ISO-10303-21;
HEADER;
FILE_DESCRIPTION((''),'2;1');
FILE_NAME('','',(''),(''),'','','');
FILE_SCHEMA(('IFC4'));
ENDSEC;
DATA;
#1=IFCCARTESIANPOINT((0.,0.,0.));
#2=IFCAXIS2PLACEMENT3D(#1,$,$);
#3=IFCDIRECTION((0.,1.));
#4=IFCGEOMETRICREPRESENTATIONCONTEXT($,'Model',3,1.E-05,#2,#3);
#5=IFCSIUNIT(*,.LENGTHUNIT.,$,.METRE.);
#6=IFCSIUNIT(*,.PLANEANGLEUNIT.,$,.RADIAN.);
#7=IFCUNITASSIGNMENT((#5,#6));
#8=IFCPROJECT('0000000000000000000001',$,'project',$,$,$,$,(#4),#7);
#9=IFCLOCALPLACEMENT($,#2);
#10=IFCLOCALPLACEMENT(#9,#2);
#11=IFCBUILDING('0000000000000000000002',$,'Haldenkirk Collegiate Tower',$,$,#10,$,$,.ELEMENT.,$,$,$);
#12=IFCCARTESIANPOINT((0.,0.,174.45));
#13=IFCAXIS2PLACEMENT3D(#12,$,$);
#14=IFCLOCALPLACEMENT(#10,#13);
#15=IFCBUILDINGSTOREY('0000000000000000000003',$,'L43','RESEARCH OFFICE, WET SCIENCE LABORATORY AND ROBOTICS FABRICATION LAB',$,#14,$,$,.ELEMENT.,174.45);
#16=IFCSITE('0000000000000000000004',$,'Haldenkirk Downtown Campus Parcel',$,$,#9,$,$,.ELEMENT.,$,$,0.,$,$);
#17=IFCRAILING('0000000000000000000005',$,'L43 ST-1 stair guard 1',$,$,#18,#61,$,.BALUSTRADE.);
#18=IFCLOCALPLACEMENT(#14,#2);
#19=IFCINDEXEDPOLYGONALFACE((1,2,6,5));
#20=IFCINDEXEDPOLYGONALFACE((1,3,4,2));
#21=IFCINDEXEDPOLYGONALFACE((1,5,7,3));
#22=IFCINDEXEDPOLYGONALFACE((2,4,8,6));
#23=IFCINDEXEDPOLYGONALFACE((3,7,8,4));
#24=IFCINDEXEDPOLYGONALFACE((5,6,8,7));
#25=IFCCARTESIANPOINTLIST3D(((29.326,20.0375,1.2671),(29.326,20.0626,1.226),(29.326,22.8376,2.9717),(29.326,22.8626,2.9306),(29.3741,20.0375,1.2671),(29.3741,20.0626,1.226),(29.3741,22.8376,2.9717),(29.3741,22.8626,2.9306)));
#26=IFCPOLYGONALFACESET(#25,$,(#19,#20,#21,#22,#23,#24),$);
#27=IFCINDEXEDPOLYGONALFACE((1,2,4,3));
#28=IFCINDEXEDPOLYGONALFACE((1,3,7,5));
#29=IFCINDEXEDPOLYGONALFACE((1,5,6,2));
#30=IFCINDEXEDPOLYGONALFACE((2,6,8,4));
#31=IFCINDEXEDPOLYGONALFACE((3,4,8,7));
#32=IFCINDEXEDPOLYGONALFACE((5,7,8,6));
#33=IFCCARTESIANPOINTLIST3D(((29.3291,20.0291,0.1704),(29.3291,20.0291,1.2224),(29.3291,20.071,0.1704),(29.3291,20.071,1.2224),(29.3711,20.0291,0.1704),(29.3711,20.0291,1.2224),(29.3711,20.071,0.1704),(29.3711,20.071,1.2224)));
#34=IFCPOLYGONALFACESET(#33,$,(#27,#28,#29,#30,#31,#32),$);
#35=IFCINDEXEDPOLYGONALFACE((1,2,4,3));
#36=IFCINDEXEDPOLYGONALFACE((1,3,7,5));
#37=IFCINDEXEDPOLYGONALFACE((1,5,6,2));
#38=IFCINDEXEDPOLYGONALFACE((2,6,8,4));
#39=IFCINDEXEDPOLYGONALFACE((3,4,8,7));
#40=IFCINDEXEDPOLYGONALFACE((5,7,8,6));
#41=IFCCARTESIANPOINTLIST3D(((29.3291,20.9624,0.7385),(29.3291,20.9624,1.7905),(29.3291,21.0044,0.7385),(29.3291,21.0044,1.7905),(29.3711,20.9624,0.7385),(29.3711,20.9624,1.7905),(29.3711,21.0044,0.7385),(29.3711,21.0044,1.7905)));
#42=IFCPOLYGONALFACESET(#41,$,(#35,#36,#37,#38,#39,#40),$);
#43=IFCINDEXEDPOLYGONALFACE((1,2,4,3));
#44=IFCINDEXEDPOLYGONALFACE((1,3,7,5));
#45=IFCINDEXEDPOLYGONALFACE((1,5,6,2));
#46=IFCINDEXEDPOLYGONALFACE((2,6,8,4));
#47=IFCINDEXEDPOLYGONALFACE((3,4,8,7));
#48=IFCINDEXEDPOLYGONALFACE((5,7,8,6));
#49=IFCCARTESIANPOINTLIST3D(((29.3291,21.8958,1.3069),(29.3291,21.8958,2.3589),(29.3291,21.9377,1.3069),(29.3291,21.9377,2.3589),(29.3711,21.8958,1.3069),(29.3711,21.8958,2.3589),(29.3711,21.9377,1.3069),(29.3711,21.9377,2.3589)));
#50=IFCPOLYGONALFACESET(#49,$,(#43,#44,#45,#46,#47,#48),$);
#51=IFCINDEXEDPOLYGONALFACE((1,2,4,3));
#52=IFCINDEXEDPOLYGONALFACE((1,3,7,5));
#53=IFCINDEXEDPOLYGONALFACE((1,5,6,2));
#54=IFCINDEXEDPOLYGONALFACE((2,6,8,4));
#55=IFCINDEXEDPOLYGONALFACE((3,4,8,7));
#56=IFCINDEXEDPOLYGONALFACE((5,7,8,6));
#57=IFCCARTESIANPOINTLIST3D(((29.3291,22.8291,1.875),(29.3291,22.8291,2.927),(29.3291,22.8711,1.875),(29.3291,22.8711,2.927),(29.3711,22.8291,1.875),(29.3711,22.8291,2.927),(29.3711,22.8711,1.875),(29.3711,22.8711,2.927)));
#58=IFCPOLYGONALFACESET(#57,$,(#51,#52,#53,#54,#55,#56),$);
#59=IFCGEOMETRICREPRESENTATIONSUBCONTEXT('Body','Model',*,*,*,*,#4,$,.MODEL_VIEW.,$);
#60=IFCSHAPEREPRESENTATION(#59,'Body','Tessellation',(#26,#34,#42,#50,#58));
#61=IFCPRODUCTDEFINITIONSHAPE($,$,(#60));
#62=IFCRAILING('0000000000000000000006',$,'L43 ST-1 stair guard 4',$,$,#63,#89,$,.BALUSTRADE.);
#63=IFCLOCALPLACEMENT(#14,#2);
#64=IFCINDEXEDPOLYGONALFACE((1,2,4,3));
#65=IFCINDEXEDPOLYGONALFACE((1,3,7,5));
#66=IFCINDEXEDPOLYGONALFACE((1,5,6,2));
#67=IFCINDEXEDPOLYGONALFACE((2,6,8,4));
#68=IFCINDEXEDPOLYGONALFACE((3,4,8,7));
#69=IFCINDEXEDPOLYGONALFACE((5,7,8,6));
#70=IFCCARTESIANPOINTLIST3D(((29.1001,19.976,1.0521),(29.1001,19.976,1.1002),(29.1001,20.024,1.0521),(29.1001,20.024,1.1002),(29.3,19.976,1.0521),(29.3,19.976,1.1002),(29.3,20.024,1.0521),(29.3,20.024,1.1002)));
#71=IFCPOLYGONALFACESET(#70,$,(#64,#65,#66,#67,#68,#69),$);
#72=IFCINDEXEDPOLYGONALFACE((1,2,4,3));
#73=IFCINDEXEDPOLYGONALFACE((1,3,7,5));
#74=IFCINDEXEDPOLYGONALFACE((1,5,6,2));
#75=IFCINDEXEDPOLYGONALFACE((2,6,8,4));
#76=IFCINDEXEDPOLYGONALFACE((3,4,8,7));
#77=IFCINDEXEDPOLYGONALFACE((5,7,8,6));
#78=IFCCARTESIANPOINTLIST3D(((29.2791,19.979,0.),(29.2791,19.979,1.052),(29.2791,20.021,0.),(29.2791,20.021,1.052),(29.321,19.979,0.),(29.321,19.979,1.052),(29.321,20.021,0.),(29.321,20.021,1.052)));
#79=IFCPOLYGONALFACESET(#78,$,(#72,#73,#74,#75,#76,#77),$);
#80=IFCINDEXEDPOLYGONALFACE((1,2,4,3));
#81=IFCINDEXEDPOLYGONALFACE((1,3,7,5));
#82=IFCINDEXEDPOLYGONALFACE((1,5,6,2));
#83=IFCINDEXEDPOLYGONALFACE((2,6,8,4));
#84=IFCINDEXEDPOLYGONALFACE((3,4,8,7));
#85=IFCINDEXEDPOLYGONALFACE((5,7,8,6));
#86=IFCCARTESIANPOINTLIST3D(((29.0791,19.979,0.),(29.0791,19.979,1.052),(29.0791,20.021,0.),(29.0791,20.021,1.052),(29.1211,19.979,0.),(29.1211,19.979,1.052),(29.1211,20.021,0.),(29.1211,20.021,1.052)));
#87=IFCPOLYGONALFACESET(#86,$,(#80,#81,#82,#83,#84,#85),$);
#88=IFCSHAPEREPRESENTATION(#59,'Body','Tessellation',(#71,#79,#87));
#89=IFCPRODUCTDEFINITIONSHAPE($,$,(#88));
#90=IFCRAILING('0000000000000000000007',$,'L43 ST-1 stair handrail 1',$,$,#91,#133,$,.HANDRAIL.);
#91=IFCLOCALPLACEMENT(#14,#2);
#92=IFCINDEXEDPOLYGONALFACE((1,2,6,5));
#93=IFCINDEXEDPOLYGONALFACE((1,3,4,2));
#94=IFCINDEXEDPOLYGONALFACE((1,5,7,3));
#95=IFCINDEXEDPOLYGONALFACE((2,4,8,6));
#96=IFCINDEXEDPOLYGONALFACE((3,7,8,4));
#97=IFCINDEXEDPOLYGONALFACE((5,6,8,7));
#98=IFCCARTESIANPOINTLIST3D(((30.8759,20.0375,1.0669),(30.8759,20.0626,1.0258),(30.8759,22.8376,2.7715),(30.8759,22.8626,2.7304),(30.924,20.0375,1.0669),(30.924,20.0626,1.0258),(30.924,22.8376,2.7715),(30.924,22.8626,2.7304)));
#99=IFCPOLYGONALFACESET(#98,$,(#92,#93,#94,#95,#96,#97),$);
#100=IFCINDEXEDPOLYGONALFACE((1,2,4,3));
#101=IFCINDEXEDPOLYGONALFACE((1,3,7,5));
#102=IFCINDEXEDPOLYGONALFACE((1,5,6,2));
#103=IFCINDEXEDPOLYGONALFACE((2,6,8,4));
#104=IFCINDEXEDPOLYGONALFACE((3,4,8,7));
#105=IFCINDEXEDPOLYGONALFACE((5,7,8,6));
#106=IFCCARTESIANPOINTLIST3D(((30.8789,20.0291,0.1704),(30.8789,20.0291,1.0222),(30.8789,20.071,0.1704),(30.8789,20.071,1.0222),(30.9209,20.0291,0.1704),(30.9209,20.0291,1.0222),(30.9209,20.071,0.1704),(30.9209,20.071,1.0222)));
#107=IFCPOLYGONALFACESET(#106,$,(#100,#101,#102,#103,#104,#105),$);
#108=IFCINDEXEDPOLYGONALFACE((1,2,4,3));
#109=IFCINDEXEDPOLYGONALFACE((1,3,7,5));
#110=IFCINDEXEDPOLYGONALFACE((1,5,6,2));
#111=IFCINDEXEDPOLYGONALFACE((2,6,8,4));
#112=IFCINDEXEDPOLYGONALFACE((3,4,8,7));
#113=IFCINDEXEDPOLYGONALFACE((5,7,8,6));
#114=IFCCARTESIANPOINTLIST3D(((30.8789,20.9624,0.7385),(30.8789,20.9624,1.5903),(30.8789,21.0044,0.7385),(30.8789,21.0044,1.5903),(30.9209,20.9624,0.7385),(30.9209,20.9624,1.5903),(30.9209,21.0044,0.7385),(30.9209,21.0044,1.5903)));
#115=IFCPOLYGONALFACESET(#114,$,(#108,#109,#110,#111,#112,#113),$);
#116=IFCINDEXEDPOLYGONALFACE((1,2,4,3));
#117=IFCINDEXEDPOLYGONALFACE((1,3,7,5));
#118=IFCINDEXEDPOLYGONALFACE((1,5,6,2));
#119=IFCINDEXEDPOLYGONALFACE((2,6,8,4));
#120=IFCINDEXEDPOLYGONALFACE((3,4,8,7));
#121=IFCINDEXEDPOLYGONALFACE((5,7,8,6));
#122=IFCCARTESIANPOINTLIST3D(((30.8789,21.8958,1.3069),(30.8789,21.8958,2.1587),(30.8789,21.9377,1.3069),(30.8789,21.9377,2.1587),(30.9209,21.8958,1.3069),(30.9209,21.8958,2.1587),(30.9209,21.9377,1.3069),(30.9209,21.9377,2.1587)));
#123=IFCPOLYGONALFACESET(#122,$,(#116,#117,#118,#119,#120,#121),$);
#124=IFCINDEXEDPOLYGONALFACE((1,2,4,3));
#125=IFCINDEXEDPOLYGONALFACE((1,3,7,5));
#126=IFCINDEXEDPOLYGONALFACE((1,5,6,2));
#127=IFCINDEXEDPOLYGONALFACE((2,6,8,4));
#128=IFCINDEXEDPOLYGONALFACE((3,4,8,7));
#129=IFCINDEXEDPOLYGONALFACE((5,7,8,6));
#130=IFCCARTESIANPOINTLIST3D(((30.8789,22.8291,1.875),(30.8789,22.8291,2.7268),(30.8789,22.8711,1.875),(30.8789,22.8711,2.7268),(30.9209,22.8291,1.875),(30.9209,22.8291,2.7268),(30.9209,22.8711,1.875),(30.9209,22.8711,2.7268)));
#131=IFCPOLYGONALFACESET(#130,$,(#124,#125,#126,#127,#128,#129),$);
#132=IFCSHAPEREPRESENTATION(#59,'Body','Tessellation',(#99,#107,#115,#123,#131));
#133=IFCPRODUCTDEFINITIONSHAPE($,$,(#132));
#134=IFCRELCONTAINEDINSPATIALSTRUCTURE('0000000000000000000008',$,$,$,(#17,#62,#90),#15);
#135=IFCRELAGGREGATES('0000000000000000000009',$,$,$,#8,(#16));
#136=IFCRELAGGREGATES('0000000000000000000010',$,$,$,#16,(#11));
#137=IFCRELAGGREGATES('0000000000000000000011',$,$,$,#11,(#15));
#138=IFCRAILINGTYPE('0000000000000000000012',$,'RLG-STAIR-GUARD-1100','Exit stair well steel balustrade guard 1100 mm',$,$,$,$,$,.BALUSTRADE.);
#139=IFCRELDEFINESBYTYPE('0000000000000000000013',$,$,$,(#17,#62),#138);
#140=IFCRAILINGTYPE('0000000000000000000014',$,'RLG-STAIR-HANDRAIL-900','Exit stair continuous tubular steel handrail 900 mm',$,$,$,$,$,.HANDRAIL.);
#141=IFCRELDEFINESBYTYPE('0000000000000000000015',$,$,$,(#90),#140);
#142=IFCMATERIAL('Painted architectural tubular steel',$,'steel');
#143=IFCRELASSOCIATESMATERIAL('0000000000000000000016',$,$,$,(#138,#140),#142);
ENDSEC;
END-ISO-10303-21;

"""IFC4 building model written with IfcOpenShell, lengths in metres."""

from ifc_helpers import new_model, si_unit, direction, frame, origin, origin_2d, place, context, subcontext, project, spatial, rectangle, extrude, material, type_object, element, save


model = new_model("IFC4")

# Units and contexts
model_context = context("Model", 3, precision=1e-05, world=origin(), true_north=direction((0.0, 1.0)))
body_context = subcontext(model_context, "Body", "Model", "MODEL_VIEW")
ifc_project = project(units=[si_unit("LENGTHUNIT", "METRE"), si_unit("PLANEANGLEUNIT", "RADIAN")], contexts=[model_context])

# Site, building, storey
site_placement = place(None, origin())
site = spatial("IfcSite", under=ifc_project, at=site_placement, Name="Haldenkirk Downtown Campus Parcel", CompositionType="ELEMENT", RefElevation=0.0)
building_placement = place(site_placement, origin())
building = spatial("IfcBuilding", under=site, at=building_placement, Name="Haldenkirk Collegiate Tower", CompositionType="ELEMENT")
storey_placement = place(building_placement, frame((0.0, 0.0, 174.45)))
storey = spatial("IfcBuildingStorey", under=building, at=storey_placement, Name="L43", Description="RESEARCH OFFICE, WET SCIENCE LABORATORY AND ROBOTICS FABRICATION LAB", CompositionType="ELEMENT", Elevation=174.45)

# Railings
ifc_material_1 = material(Name="Painted architectural tubular steel", Category="steel")
railing_type_1 = type_object("IfcRailingType", Name="RLG-STAIR-GUARD-1100", Description="Exit stair well steel balustrade guard 1100 mm", PredefinedType="BALUSTRADE", material=ifc_material_1)
railing_1_placement = place(storey_placement, frame((29.3501, 20.05, 0.1704)))
element("IfcRailing", 1, at=railing_1_placement, inside=storey, type_object=railing_type_1, Name="L43 ST-1 stair guard 1", PredefinedType="BALUSTRADE", context=body_context, shape_type="SweptSolid", body=[
    extrude(rectangle(XDim=0.0481, YDim=0.0481, at=origin_2d()), frame((0.0, 0.0, 1.0762), z_axis=(0.0, 0.85417, 0.519994), x_axis=(-1.0, 0.0, 0.0)), (0.0, 0.0, 1.0), 3.2781),
    extrude(rectangle(XDim=0.042, YDim=0.042, at=origin_2d()), origin(), (0.0, 0.0, 1.0), 1.052),
    extrude(rectangle(XDim=0.042, YDim=0.042, at=origin_2d()), frame((0.0, 0.9333, 0.5681)), (0.0, 0.0, 1.0), 1.052),
    extrude(rectangle(XDim=0.042, YDim=0.042, at=origin_2d()), frame((0.0, 1.8667, 1.1365)), (0.0, 0.0, 1.0), 1.052),
    extrude(rectangle(XDim=0.042, YDim=0.042, at=origin_2d()), frame((0.0, 2.8, 1.7046)), (0.0, 0.0, 1.0), 1.052),
])
railing_2_placement = place(storey_placement, frame((29.3, 20.0, 0.0)))
element("IfcRailing", 2, at=railing_2_placement, inside=storey, type_object=railing_type_1, Name="L43 ST-1 stair guard 4", PredefinedType="BALUSTRADE", context=body_context, shape_type="SweptSolid", body=[
    extrude(rectangle(XDim=0.0481, YDim=0.0481, at=origin_2d()), frame((0.0, 0.0, 1.0762), z_axis=(-1.0, 0.0, 0.0), x_axis=(0.0, -1.0, 0.0)), (0.0, 0.0, 1.0), 0.2),
    extrude(rectangle(XDim=0.042, YDim=0.042, at=origin_2d()), origin(), (0.0, 0.0, 1.0), 1.052),
    extrude(rectangle(XDim=0.042, YDim=0.042, at=origin_2d()), frame((-0.2, 0.0, 0.0)), (0.0, 0.0, 1.0), 1.052),
])
railing_type_2 = type_object("IfcRailingType", Name="RLG-STAIR-HANDRAIL-900", Description="Exit stair continuous tubular steel handrail 900 mm", PredefinedType="HANDRAIL", material=ifc_material_1)
railing_3_placement = place(storey_placement, frame((30.8999, 20.05, 0.1704)))
element("IfcRailing", 3, at=railing_3_placement, inside=storey, type_object=railing_type_2, Name="L43 ST-1 stair handrail 1", PredefinedType="HANDRAIL", context=body_context, shape_type="SweptSolid", body=[
    extrude(rectangle(XDim=0.0481, YDim=0.0481, at=origin_2d()), frame((0.0, 0.0, 0.876), z_axis=(0.0, 0.85417, 0.519994), x_axis=(-1.0, 0.0, 0.0)), (0.0, 0.0, 1.0), 3.2781),
    extrude(rectangle(XDim=0.042, YDim=0.042, at=origin_2d()), origin(), (0.0, 0.0, 1.0), 0.8518),
    extrude(rectangle(XDim=0.042, YDim=0.042, at=origin_2d()), frame((0.0, 0.9333, 0.5681)), (0.0, 0.0, 1.0), 0.8518),
    extrude(rectangle(XDim=0.042, YDim=0.042, at=origin_2d()), frame((0.0, 1.8667, 1.1365)), (0.0, 0.0, 1.0), 0.8518),
    extrude(rectangle(XDim=0.042, YDim=0.042, at=origin_2d()), frame((0.0, 2.8, 1.7046)), (0.0, 0.0, 1.0), 0.8518),
])

save(model, "model.ifc")
